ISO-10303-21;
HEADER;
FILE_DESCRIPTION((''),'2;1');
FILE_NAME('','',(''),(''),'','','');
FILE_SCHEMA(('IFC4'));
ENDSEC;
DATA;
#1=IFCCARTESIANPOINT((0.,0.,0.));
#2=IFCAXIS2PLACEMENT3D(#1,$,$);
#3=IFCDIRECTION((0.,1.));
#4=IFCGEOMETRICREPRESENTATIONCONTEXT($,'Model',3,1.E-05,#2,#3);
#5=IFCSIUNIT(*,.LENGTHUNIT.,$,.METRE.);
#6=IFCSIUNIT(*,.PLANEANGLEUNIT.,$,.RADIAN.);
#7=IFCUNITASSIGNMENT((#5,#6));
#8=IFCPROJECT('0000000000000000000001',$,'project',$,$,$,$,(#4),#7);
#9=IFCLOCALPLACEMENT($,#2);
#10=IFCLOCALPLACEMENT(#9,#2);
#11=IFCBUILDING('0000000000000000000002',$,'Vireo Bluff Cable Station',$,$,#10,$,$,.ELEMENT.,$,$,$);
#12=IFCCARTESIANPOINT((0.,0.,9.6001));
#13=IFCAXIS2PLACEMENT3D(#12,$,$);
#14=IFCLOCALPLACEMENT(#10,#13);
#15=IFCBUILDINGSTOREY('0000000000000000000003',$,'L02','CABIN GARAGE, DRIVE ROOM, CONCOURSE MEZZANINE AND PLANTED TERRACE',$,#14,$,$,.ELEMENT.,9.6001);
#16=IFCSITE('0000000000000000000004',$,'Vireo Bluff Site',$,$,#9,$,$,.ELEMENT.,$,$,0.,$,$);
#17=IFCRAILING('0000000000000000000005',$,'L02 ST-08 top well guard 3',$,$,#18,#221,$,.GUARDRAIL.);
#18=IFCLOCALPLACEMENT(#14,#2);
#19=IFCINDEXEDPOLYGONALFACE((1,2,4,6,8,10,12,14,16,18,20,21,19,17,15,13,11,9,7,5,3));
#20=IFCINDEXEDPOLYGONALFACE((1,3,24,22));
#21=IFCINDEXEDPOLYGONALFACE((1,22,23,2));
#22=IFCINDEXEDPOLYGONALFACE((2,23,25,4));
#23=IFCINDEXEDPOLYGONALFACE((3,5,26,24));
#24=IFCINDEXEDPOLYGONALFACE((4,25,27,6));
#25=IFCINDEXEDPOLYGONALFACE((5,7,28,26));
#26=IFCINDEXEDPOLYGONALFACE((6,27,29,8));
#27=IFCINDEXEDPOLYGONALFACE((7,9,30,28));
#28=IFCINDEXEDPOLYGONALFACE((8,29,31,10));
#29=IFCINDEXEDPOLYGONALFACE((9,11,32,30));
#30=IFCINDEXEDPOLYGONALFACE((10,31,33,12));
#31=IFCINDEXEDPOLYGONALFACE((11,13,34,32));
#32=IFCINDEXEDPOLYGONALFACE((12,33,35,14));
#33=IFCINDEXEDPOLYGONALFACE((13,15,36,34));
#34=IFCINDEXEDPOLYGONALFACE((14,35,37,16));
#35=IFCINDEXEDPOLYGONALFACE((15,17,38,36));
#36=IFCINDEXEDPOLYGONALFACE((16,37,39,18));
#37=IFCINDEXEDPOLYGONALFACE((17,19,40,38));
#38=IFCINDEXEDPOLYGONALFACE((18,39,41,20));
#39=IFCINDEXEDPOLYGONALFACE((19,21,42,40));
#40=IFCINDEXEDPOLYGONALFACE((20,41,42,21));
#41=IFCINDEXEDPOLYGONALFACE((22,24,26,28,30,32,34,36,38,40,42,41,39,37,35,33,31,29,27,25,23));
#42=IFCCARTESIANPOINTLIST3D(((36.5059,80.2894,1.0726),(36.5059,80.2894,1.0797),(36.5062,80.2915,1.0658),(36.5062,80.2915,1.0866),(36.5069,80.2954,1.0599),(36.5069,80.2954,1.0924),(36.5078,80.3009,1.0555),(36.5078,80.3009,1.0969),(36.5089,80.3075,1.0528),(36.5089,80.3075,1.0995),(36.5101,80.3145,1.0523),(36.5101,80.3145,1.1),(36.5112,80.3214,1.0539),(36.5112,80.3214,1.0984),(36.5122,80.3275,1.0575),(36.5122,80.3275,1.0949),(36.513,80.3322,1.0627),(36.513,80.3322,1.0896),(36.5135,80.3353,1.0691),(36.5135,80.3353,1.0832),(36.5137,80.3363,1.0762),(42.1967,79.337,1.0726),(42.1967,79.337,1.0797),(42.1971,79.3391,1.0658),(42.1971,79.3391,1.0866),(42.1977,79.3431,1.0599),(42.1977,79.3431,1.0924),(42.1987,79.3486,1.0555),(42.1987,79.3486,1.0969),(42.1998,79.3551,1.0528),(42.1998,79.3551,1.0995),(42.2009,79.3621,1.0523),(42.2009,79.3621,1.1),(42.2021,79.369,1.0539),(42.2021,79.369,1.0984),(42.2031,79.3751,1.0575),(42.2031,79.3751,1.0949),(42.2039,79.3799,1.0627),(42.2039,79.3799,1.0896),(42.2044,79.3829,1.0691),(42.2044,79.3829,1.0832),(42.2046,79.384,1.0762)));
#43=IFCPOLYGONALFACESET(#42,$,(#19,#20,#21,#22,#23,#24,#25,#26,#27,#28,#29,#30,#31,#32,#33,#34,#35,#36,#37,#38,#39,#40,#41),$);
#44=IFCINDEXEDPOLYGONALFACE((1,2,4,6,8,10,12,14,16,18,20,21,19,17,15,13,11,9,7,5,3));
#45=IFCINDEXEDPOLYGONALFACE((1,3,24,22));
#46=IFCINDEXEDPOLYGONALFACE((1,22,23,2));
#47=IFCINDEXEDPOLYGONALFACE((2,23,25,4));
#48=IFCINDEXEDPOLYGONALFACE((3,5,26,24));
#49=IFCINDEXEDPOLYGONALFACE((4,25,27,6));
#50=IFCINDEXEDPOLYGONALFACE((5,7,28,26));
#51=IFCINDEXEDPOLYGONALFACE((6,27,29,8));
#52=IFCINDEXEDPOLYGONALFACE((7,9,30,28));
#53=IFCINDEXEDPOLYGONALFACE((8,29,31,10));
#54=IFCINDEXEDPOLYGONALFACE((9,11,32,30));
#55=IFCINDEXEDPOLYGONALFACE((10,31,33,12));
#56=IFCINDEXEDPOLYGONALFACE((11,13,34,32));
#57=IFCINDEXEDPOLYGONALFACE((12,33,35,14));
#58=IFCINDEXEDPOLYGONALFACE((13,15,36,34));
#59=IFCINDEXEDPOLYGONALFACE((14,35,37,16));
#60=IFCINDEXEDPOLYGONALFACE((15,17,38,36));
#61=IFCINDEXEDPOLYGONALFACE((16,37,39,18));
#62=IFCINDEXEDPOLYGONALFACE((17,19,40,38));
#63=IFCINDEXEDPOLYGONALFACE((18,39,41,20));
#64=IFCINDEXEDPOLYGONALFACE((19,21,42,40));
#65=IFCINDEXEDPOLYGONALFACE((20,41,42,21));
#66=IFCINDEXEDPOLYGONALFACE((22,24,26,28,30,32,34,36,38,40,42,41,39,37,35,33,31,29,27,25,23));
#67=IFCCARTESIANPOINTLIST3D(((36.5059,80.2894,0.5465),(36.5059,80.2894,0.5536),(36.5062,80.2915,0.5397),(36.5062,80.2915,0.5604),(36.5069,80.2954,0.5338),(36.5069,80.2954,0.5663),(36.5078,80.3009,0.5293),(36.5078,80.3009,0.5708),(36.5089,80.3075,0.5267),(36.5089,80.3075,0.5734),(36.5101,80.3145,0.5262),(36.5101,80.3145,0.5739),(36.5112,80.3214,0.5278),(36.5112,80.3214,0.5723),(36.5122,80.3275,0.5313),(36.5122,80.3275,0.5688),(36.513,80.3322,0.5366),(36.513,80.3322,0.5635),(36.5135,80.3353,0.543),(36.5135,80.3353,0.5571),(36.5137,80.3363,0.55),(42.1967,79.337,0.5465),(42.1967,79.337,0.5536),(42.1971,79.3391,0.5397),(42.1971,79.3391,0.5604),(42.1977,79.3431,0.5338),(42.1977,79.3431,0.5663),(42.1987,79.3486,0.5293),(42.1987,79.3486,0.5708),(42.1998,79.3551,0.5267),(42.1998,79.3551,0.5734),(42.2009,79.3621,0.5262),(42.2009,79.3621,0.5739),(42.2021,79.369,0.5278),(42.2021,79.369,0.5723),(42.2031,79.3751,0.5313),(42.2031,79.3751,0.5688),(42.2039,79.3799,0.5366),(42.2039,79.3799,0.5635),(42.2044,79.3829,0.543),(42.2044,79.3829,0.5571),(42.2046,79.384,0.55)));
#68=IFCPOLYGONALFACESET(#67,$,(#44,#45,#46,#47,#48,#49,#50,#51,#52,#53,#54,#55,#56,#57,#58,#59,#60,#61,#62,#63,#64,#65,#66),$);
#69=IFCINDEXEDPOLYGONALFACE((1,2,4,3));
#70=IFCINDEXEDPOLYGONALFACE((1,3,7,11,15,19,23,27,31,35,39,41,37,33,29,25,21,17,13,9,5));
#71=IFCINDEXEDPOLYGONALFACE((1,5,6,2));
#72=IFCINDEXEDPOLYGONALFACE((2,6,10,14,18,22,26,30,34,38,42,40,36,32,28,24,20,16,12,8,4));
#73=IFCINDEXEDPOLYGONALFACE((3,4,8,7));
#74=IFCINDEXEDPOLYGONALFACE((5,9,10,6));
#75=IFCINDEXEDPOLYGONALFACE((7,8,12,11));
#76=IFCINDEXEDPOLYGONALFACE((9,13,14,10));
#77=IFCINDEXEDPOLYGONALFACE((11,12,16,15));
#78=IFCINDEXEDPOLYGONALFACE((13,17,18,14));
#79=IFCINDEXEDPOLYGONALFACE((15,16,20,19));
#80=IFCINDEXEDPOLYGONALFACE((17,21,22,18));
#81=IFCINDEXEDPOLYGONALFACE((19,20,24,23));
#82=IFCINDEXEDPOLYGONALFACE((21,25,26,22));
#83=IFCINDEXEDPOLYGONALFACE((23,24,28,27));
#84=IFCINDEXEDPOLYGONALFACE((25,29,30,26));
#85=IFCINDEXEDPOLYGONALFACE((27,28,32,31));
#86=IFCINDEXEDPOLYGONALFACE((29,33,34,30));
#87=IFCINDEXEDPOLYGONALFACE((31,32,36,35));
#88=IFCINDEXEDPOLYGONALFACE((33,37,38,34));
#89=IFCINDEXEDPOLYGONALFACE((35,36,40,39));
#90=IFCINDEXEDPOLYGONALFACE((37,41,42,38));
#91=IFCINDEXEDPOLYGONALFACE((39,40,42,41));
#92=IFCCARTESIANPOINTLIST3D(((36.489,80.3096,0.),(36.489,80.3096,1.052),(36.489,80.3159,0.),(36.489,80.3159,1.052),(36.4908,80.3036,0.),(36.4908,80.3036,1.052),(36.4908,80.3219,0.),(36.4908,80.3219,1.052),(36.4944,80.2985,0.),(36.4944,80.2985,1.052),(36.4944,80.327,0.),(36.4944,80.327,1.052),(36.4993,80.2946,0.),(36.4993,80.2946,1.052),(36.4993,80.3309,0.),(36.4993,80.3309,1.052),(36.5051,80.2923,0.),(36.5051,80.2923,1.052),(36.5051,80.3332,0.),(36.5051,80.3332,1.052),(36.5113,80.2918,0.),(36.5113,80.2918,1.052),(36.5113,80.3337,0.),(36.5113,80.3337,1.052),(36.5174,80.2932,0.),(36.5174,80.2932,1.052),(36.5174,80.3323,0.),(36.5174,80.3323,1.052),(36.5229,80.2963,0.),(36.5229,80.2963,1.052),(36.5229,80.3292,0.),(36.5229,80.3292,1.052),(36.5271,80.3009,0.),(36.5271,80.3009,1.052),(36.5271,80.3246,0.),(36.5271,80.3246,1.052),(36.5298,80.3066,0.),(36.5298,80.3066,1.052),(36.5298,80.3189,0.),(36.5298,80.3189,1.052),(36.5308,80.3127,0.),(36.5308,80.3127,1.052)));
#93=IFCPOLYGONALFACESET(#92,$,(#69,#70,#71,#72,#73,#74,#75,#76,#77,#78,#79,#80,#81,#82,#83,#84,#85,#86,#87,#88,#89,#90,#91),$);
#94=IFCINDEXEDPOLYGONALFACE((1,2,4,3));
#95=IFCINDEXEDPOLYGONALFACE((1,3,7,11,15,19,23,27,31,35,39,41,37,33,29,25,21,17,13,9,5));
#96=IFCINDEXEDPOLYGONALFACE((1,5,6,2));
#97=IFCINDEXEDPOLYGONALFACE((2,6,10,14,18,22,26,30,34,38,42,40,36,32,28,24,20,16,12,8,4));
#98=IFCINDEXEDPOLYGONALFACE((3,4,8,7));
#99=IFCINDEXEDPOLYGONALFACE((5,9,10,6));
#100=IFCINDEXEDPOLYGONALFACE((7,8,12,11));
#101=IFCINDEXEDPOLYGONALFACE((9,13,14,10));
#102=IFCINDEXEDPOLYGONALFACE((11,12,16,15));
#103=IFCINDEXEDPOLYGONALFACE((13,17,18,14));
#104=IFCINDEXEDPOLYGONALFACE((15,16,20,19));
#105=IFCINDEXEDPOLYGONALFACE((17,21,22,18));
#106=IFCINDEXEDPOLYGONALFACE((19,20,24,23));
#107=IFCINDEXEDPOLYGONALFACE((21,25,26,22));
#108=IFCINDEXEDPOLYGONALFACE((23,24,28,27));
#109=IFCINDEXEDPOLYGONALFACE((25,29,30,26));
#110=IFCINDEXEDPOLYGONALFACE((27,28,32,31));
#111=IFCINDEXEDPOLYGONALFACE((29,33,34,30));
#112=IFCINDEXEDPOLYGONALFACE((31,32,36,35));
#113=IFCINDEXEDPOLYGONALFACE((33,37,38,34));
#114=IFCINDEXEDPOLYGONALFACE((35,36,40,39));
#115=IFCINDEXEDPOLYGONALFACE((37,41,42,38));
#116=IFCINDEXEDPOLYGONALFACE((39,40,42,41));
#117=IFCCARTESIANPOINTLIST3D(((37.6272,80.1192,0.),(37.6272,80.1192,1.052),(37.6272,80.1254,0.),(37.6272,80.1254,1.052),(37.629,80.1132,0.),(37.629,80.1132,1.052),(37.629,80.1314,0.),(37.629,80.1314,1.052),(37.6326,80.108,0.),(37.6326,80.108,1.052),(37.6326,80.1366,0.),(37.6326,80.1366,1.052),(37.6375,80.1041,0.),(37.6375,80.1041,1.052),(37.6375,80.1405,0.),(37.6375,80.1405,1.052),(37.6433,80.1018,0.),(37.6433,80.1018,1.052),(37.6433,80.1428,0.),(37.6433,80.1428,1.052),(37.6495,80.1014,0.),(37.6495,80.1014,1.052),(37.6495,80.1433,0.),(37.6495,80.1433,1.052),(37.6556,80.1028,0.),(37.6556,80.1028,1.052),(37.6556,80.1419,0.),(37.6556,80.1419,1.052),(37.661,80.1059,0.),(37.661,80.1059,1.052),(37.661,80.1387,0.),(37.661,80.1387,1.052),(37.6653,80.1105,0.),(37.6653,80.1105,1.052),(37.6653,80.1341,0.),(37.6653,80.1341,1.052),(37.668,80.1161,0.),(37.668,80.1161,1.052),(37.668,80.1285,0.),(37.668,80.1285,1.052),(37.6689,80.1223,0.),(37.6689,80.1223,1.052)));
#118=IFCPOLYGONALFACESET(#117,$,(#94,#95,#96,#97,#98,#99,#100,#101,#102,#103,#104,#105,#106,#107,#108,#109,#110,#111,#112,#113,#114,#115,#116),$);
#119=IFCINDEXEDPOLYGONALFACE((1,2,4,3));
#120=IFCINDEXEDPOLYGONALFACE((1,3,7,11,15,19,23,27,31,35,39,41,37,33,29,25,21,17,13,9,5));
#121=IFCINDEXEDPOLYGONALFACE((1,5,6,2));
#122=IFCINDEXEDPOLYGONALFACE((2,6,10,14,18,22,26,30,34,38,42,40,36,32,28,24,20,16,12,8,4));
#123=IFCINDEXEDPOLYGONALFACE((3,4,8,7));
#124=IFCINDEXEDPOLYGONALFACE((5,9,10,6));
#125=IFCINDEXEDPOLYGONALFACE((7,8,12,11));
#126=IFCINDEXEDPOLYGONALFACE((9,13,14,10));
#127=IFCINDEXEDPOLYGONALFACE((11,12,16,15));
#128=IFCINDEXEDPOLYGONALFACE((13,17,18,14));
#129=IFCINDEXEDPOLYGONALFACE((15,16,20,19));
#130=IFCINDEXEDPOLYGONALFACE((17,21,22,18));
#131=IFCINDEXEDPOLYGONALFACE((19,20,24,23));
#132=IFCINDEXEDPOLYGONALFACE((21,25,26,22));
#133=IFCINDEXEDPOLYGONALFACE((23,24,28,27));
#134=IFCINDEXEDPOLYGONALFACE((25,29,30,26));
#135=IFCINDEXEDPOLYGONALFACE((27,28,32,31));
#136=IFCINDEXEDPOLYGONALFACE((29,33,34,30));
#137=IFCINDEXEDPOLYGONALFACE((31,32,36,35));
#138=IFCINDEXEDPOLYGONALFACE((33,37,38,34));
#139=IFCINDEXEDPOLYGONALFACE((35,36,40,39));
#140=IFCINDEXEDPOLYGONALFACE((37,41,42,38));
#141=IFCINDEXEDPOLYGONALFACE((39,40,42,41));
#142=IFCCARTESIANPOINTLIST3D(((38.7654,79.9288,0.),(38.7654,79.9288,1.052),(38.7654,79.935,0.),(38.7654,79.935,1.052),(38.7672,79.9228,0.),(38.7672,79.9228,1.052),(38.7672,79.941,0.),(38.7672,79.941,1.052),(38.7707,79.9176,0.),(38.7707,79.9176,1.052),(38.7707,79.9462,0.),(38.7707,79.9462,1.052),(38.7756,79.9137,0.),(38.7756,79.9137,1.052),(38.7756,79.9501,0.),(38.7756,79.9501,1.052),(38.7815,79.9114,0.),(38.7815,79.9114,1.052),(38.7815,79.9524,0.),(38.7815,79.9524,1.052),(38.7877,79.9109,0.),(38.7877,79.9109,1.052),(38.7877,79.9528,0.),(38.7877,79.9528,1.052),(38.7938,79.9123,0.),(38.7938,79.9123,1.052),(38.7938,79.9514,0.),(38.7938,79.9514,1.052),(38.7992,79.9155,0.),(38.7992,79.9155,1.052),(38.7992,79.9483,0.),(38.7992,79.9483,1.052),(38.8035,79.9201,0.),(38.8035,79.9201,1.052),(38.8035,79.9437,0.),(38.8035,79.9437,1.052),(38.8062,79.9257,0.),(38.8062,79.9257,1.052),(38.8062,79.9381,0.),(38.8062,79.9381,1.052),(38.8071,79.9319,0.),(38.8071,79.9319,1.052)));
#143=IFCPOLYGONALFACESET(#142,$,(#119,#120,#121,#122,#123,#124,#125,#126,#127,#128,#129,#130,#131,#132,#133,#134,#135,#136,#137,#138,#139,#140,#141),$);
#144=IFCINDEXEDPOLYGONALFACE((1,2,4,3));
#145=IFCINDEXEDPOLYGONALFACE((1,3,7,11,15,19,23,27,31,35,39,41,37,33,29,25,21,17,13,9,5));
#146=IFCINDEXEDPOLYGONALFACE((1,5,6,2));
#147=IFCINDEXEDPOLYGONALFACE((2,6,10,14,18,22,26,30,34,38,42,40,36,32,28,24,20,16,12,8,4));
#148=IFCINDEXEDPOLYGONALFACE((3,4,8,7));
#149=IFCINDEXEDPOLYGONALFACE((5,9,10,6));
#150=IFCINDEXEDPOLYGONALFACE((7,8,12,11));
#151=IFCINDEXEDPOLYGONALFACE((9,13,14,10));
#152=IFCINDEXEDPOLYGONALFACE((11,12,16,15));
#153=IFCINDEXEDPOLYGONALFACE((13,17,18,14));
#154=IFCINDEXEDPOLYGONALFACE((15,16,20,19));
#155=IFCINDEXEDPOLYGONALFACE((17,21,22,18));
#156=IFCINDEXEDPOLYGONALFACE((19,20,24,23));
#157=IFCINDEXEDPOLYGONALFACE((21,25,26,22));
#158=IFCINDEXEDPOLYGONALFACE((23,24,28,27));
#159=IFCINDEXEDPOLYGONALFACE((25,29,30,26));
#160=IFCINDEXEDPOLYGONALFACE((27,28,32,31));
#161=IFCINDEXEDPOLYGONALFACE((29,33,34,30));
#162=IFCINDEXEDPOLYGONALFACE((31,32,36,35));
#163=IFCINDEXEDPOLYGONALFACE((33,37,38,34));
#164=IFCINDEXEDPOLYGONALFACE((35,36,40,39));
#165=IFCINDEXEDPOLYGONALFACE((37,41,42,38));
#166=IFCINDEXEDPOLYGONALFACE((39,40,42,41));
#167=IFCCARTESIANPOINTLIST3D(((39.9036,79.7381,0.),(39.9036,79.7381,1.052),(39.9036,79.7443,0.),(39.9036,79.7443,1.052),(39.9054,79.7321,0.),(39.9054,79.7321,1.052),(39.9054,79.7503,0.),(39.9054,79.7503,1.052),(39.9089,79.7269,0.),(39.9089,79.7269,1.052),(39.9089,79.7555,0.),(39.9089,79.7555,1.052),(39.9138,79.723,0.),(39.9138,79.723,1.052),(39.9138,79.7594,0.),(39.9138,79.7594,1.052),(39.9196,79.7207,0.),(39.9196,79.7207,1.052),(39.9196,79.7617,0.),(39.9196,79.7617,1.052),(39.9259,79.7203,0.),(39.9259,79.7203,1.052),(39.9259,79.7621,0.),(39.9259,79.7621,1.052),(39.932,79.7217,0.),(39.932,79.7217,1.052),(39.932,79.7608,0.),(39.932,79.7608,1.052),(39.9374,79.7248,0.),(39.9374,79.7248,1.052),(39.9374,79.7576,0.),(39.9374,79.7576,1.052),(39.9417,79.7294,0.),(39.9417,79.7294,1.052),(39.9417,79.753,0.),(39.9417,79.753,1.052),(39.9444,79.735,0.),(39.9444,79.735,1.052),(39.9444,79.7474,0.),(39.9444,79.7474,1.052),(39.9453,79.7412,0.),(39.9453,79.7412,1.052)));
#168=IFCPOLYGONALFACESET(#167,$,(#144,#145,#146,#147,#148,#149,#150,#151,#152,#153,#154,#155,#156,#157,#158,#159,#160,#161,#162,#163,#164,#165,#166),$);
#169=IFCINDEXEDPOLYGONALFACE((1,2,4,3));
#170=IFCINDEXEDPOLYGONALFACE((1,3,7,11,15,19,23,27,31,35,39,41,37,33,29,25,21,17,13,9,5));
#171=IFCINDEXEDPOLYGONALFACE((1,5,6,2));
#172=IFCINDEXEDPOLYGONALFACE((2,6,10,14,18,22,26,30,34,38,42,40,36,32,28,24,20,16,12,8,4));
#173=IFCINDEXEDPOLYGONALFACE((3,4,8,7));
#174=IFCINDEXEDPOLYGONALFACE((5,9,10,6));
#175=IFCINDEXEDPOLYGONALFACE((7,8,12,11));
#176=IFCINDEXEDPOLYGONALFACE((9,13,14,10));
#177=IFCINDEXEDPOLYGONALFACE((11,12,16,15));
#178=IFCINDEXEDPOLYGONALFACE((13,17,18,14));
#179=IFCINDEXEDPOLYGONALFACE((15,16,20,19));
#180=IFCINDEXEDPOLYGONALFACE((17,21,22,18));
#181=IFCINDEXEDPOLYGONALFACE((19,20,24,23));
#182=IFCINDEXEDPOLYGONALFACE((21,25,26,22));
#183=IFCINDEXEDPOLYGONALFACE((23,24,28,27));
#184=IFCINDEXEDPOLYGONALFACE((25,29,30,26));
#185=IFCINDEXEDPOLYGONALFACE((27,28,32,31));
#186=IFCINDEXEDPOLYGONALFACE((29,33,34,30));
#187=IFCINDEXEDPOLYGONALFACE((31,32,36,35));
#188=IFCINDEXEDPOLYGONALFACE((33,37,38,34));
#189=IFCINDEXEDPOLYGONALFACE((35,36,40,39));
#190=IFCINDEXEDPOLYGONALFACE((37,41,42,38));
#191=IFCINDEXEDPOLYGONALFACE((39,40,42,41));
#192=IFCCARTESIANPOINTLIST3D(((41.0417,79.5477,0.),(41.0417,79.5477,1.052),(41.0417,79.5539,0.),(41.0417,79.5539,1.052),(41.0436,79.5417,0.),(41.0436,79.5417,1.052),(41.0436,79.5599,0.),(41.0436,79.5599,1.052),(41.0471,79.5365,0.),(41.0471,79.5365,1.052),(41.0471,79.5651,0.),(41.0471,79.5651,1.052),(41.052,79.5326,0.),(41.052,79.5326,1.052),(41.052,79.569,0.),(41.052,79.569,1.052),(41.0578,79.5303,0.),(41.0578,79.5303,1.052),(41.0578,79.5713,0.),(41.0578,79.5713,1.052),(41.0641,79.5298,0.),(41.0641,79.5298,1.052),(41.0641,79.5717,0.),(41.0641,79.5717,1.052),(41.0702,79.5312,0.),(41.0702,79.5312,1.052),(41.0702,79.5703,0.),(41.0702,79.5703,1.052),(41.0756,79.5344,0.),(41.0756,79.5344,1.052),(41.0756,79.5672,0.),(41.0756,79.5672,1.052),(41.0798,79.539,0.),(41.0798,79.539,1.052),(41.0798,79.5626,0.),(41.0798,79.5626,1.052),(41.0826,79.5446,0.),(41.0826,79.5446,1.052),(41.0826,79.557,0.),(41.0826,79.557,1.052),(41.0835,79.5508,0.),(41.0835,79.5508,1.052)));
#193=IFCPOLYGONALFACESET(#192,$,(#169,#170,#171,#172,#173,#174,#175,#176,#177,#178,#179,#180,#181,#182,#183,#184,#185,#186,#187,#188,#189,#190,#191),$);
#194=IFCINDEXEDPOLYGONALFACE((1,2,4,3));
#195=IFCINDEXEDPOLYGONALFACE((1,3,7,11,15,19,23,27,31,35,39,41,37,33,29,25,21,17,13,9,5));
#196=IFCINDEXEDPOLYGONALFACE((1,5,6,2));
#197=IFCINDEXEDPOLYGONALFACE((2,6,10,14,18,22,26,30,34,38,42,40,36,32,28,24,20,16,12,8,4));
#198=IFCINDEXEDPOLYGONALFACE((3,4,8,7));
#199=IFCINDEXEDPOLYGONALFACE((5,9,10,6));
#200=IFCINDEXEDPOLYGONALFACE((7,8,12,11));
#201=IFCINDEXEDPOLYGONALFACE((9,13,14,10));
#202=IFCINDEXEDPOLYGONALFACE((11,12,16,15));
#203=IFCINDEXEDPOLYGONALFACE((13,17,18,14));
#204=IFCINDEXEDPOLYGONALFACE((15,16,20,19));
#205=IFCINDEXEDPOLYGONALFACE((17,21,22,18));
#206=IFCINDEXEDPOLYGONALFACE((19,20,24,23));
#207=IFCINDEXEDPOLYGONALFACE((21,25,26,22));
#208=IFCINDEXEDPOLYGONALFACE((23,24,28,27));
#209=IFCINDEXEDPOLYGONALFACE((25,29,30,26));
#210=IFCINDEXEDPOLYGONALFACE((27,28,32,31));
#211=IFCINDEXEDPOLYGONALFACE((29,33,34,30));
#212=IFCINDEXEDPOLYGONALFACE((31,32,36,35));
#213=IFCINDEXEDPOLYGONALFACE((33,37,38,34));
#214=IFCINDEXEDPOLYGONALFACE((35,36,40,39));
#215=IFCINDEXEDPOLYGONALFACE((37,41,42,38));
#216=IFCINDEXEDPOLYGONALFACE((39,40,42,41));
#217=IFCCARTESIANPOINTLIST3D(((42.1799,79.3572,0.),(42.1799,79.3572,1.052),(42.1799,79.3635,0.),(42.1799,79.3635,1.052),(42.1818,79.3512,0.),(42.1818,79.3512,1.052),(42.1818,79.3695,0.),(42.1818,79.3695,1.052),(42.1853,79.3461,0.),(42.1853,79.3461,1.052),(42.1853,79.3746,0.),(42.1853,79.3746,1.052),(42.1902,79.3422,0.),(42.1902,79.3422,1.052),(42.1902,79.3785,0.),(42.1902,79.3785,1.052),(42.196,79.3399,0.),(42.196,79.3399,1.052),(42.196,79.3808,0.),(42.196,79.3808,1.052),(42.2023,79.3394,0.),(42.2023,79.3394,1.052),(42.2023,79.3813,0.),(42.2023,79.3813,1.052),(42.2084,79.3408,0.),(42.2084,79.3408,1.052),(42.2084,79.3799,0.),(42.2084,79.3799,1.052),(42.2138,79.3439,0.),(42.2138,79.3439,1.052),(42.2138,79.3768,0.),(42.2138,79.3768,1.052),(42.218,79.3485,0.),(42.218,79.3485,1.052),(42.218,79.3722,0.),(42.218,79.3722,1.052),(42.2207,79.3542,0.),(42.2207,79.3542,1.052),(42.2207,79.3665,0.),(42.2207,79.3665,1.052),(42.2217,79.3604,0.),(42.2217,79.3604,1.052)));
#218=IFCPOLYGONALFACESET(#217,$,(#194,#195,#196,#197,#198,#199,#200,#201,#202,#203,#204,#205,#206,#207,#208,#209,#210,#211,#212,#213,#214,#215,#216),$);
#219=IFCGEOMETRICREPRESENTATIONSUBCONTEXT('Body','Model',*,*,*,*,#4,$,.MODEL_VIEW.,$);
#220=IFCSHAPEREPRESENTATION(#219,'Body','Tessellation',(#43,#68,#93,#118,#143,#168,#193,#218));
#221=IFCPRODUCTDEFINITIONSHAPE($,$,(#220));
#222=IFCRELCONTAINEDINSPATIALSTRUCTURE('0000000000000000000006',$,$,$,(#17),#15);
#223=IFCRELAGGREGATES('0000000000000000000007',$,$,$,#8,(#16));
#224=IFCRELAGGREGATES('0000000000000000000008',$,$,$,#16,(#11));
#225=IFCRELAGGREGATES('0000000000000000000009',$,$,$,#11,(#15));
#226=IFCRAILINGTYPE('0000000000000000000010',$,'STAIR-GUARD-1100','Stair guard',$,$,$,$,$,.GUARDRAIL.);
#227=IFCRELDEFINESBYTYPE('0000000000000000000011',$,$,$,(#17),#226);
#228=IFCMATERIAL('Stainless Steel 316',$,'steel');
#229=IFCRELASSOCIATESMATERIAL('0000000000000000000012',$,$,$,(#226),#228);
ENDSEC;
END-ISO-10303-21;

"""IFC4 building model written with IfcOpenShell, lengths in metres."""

from ifc_helpers import new_model, si_unit, direction, frame, origin, origin_2d, place, context, subcontext, project, spatial, circle, extrude, material, type_object, element, save


model = new_model("IFC4")

# Units and contexts
model_context = context("Model", 3, precision=1e-05, world=origin(), true_north=direction((0.0, 1.0)))
body_context = subcontext(model_context, "Body", "Model", "MODEL_VIEW")
ifc_project = project(units=[si_unit("LENGTHUNIT", "METRE"), si_unit("PLANEANGLEUNIT", "RADIAN")], contexts=[model_context])

# Site, building, storey
site_placement = place(None, origin())
site = spatial("IfcSite", under=ifc_project, at=site_placement, Name="Vireo Bluff Site", CompositionType="ELEMENT", RefElevation=0.0)
building_placement = place(site_placement, origin())
building = spatial("IfcBuilding", under=site, at=building_placement, Name="Vireo Bluff Cable Station", CompositionType="ELEMENT")
storey_placement = place(building_placement, frame((0.0, 0.0, 9.6001)))
storey = spatial("IfcBuildingStorey", under=building, at=storey_placement, Name="L02", Description="CABIN GARAGE, DRIVE ROOM, CONCOURSE MEZZANINE AND PLANTED TERRACE", CompositionType="ELEMENT", Elevation=9.6001)

# Railing
ifc_material_1 = material(Name="Stainless Steel 316", Category="steel")
railing_type = type_object("IfcRailingType", Name="STAIR-GUARD-1100", Description="Stair guard", PredefinedType="GUARDRAIL", material=ifc_material_1)
railing_1_placement = place(storey_placement, frame((36.5098, 80.3127, 0.0)))
element("IfcRailing", 1, at=railing_1_placement, inside=storey, type_object=railing_type, Name="L02 ST-08 top well guard 3", PredefinedType="GUARDRAIL", context=body_context, shape_type="SweptSolid", body=[
    extrude(circle(Radius=0.0239, at=origin_2d()), frame((0.0, 0.0, 1.0762), z_axis=(0.986284, -0.165058, 0.0), x_axis=(0.165058, 0.986284, 0.0)), (0.0, 0.0, 1.0), 5.77),
    extrude(circle(Radius=0.0239, at=origin_2d()), frame((0.0, 0.0, 0.55), z_axis=(0.986284, -0.165058, 0.0), x_axis=(0.165058, 0.986284, 0.0)), (0.0, 0.0, 1.0), 5.77),
    extrude(circle(Radius=0.021, at=origin_2d()), origin(), (0.0, 0.0, 1.0), 1.052),
    extrude(circle(Radius=0.021, at=origin_2d()), frame((1.1382, -0.1904, 0.0)), (0.0, 0.0, 1.0), 1.052),
    extrude(circle(Radius=0.021, at=origin_2d()), frame((2.2764, -0.3809, 0.0)), (0.0, 0.0, 1.0), 1.052),
    extrude(circle(Radius=0.021, at=origin_2d()), frame((3.4146, -0.5715, 0.0)), (0.0, 0.0, 1.0), 1.052),
    extrude(circle(Radius=0.021, at=origin_2d()), frame((4.5527, -0.762, 0.0)), (0.0, 0.0, 1.0), 1.052),
    extrude(circle(Radius=0.021, at=origin_2d()), frame((5.6909, -0.9524, 0.0)), (0.0, 0.0, 1.0), 1.052),
])

save(model, "model.ifc")
